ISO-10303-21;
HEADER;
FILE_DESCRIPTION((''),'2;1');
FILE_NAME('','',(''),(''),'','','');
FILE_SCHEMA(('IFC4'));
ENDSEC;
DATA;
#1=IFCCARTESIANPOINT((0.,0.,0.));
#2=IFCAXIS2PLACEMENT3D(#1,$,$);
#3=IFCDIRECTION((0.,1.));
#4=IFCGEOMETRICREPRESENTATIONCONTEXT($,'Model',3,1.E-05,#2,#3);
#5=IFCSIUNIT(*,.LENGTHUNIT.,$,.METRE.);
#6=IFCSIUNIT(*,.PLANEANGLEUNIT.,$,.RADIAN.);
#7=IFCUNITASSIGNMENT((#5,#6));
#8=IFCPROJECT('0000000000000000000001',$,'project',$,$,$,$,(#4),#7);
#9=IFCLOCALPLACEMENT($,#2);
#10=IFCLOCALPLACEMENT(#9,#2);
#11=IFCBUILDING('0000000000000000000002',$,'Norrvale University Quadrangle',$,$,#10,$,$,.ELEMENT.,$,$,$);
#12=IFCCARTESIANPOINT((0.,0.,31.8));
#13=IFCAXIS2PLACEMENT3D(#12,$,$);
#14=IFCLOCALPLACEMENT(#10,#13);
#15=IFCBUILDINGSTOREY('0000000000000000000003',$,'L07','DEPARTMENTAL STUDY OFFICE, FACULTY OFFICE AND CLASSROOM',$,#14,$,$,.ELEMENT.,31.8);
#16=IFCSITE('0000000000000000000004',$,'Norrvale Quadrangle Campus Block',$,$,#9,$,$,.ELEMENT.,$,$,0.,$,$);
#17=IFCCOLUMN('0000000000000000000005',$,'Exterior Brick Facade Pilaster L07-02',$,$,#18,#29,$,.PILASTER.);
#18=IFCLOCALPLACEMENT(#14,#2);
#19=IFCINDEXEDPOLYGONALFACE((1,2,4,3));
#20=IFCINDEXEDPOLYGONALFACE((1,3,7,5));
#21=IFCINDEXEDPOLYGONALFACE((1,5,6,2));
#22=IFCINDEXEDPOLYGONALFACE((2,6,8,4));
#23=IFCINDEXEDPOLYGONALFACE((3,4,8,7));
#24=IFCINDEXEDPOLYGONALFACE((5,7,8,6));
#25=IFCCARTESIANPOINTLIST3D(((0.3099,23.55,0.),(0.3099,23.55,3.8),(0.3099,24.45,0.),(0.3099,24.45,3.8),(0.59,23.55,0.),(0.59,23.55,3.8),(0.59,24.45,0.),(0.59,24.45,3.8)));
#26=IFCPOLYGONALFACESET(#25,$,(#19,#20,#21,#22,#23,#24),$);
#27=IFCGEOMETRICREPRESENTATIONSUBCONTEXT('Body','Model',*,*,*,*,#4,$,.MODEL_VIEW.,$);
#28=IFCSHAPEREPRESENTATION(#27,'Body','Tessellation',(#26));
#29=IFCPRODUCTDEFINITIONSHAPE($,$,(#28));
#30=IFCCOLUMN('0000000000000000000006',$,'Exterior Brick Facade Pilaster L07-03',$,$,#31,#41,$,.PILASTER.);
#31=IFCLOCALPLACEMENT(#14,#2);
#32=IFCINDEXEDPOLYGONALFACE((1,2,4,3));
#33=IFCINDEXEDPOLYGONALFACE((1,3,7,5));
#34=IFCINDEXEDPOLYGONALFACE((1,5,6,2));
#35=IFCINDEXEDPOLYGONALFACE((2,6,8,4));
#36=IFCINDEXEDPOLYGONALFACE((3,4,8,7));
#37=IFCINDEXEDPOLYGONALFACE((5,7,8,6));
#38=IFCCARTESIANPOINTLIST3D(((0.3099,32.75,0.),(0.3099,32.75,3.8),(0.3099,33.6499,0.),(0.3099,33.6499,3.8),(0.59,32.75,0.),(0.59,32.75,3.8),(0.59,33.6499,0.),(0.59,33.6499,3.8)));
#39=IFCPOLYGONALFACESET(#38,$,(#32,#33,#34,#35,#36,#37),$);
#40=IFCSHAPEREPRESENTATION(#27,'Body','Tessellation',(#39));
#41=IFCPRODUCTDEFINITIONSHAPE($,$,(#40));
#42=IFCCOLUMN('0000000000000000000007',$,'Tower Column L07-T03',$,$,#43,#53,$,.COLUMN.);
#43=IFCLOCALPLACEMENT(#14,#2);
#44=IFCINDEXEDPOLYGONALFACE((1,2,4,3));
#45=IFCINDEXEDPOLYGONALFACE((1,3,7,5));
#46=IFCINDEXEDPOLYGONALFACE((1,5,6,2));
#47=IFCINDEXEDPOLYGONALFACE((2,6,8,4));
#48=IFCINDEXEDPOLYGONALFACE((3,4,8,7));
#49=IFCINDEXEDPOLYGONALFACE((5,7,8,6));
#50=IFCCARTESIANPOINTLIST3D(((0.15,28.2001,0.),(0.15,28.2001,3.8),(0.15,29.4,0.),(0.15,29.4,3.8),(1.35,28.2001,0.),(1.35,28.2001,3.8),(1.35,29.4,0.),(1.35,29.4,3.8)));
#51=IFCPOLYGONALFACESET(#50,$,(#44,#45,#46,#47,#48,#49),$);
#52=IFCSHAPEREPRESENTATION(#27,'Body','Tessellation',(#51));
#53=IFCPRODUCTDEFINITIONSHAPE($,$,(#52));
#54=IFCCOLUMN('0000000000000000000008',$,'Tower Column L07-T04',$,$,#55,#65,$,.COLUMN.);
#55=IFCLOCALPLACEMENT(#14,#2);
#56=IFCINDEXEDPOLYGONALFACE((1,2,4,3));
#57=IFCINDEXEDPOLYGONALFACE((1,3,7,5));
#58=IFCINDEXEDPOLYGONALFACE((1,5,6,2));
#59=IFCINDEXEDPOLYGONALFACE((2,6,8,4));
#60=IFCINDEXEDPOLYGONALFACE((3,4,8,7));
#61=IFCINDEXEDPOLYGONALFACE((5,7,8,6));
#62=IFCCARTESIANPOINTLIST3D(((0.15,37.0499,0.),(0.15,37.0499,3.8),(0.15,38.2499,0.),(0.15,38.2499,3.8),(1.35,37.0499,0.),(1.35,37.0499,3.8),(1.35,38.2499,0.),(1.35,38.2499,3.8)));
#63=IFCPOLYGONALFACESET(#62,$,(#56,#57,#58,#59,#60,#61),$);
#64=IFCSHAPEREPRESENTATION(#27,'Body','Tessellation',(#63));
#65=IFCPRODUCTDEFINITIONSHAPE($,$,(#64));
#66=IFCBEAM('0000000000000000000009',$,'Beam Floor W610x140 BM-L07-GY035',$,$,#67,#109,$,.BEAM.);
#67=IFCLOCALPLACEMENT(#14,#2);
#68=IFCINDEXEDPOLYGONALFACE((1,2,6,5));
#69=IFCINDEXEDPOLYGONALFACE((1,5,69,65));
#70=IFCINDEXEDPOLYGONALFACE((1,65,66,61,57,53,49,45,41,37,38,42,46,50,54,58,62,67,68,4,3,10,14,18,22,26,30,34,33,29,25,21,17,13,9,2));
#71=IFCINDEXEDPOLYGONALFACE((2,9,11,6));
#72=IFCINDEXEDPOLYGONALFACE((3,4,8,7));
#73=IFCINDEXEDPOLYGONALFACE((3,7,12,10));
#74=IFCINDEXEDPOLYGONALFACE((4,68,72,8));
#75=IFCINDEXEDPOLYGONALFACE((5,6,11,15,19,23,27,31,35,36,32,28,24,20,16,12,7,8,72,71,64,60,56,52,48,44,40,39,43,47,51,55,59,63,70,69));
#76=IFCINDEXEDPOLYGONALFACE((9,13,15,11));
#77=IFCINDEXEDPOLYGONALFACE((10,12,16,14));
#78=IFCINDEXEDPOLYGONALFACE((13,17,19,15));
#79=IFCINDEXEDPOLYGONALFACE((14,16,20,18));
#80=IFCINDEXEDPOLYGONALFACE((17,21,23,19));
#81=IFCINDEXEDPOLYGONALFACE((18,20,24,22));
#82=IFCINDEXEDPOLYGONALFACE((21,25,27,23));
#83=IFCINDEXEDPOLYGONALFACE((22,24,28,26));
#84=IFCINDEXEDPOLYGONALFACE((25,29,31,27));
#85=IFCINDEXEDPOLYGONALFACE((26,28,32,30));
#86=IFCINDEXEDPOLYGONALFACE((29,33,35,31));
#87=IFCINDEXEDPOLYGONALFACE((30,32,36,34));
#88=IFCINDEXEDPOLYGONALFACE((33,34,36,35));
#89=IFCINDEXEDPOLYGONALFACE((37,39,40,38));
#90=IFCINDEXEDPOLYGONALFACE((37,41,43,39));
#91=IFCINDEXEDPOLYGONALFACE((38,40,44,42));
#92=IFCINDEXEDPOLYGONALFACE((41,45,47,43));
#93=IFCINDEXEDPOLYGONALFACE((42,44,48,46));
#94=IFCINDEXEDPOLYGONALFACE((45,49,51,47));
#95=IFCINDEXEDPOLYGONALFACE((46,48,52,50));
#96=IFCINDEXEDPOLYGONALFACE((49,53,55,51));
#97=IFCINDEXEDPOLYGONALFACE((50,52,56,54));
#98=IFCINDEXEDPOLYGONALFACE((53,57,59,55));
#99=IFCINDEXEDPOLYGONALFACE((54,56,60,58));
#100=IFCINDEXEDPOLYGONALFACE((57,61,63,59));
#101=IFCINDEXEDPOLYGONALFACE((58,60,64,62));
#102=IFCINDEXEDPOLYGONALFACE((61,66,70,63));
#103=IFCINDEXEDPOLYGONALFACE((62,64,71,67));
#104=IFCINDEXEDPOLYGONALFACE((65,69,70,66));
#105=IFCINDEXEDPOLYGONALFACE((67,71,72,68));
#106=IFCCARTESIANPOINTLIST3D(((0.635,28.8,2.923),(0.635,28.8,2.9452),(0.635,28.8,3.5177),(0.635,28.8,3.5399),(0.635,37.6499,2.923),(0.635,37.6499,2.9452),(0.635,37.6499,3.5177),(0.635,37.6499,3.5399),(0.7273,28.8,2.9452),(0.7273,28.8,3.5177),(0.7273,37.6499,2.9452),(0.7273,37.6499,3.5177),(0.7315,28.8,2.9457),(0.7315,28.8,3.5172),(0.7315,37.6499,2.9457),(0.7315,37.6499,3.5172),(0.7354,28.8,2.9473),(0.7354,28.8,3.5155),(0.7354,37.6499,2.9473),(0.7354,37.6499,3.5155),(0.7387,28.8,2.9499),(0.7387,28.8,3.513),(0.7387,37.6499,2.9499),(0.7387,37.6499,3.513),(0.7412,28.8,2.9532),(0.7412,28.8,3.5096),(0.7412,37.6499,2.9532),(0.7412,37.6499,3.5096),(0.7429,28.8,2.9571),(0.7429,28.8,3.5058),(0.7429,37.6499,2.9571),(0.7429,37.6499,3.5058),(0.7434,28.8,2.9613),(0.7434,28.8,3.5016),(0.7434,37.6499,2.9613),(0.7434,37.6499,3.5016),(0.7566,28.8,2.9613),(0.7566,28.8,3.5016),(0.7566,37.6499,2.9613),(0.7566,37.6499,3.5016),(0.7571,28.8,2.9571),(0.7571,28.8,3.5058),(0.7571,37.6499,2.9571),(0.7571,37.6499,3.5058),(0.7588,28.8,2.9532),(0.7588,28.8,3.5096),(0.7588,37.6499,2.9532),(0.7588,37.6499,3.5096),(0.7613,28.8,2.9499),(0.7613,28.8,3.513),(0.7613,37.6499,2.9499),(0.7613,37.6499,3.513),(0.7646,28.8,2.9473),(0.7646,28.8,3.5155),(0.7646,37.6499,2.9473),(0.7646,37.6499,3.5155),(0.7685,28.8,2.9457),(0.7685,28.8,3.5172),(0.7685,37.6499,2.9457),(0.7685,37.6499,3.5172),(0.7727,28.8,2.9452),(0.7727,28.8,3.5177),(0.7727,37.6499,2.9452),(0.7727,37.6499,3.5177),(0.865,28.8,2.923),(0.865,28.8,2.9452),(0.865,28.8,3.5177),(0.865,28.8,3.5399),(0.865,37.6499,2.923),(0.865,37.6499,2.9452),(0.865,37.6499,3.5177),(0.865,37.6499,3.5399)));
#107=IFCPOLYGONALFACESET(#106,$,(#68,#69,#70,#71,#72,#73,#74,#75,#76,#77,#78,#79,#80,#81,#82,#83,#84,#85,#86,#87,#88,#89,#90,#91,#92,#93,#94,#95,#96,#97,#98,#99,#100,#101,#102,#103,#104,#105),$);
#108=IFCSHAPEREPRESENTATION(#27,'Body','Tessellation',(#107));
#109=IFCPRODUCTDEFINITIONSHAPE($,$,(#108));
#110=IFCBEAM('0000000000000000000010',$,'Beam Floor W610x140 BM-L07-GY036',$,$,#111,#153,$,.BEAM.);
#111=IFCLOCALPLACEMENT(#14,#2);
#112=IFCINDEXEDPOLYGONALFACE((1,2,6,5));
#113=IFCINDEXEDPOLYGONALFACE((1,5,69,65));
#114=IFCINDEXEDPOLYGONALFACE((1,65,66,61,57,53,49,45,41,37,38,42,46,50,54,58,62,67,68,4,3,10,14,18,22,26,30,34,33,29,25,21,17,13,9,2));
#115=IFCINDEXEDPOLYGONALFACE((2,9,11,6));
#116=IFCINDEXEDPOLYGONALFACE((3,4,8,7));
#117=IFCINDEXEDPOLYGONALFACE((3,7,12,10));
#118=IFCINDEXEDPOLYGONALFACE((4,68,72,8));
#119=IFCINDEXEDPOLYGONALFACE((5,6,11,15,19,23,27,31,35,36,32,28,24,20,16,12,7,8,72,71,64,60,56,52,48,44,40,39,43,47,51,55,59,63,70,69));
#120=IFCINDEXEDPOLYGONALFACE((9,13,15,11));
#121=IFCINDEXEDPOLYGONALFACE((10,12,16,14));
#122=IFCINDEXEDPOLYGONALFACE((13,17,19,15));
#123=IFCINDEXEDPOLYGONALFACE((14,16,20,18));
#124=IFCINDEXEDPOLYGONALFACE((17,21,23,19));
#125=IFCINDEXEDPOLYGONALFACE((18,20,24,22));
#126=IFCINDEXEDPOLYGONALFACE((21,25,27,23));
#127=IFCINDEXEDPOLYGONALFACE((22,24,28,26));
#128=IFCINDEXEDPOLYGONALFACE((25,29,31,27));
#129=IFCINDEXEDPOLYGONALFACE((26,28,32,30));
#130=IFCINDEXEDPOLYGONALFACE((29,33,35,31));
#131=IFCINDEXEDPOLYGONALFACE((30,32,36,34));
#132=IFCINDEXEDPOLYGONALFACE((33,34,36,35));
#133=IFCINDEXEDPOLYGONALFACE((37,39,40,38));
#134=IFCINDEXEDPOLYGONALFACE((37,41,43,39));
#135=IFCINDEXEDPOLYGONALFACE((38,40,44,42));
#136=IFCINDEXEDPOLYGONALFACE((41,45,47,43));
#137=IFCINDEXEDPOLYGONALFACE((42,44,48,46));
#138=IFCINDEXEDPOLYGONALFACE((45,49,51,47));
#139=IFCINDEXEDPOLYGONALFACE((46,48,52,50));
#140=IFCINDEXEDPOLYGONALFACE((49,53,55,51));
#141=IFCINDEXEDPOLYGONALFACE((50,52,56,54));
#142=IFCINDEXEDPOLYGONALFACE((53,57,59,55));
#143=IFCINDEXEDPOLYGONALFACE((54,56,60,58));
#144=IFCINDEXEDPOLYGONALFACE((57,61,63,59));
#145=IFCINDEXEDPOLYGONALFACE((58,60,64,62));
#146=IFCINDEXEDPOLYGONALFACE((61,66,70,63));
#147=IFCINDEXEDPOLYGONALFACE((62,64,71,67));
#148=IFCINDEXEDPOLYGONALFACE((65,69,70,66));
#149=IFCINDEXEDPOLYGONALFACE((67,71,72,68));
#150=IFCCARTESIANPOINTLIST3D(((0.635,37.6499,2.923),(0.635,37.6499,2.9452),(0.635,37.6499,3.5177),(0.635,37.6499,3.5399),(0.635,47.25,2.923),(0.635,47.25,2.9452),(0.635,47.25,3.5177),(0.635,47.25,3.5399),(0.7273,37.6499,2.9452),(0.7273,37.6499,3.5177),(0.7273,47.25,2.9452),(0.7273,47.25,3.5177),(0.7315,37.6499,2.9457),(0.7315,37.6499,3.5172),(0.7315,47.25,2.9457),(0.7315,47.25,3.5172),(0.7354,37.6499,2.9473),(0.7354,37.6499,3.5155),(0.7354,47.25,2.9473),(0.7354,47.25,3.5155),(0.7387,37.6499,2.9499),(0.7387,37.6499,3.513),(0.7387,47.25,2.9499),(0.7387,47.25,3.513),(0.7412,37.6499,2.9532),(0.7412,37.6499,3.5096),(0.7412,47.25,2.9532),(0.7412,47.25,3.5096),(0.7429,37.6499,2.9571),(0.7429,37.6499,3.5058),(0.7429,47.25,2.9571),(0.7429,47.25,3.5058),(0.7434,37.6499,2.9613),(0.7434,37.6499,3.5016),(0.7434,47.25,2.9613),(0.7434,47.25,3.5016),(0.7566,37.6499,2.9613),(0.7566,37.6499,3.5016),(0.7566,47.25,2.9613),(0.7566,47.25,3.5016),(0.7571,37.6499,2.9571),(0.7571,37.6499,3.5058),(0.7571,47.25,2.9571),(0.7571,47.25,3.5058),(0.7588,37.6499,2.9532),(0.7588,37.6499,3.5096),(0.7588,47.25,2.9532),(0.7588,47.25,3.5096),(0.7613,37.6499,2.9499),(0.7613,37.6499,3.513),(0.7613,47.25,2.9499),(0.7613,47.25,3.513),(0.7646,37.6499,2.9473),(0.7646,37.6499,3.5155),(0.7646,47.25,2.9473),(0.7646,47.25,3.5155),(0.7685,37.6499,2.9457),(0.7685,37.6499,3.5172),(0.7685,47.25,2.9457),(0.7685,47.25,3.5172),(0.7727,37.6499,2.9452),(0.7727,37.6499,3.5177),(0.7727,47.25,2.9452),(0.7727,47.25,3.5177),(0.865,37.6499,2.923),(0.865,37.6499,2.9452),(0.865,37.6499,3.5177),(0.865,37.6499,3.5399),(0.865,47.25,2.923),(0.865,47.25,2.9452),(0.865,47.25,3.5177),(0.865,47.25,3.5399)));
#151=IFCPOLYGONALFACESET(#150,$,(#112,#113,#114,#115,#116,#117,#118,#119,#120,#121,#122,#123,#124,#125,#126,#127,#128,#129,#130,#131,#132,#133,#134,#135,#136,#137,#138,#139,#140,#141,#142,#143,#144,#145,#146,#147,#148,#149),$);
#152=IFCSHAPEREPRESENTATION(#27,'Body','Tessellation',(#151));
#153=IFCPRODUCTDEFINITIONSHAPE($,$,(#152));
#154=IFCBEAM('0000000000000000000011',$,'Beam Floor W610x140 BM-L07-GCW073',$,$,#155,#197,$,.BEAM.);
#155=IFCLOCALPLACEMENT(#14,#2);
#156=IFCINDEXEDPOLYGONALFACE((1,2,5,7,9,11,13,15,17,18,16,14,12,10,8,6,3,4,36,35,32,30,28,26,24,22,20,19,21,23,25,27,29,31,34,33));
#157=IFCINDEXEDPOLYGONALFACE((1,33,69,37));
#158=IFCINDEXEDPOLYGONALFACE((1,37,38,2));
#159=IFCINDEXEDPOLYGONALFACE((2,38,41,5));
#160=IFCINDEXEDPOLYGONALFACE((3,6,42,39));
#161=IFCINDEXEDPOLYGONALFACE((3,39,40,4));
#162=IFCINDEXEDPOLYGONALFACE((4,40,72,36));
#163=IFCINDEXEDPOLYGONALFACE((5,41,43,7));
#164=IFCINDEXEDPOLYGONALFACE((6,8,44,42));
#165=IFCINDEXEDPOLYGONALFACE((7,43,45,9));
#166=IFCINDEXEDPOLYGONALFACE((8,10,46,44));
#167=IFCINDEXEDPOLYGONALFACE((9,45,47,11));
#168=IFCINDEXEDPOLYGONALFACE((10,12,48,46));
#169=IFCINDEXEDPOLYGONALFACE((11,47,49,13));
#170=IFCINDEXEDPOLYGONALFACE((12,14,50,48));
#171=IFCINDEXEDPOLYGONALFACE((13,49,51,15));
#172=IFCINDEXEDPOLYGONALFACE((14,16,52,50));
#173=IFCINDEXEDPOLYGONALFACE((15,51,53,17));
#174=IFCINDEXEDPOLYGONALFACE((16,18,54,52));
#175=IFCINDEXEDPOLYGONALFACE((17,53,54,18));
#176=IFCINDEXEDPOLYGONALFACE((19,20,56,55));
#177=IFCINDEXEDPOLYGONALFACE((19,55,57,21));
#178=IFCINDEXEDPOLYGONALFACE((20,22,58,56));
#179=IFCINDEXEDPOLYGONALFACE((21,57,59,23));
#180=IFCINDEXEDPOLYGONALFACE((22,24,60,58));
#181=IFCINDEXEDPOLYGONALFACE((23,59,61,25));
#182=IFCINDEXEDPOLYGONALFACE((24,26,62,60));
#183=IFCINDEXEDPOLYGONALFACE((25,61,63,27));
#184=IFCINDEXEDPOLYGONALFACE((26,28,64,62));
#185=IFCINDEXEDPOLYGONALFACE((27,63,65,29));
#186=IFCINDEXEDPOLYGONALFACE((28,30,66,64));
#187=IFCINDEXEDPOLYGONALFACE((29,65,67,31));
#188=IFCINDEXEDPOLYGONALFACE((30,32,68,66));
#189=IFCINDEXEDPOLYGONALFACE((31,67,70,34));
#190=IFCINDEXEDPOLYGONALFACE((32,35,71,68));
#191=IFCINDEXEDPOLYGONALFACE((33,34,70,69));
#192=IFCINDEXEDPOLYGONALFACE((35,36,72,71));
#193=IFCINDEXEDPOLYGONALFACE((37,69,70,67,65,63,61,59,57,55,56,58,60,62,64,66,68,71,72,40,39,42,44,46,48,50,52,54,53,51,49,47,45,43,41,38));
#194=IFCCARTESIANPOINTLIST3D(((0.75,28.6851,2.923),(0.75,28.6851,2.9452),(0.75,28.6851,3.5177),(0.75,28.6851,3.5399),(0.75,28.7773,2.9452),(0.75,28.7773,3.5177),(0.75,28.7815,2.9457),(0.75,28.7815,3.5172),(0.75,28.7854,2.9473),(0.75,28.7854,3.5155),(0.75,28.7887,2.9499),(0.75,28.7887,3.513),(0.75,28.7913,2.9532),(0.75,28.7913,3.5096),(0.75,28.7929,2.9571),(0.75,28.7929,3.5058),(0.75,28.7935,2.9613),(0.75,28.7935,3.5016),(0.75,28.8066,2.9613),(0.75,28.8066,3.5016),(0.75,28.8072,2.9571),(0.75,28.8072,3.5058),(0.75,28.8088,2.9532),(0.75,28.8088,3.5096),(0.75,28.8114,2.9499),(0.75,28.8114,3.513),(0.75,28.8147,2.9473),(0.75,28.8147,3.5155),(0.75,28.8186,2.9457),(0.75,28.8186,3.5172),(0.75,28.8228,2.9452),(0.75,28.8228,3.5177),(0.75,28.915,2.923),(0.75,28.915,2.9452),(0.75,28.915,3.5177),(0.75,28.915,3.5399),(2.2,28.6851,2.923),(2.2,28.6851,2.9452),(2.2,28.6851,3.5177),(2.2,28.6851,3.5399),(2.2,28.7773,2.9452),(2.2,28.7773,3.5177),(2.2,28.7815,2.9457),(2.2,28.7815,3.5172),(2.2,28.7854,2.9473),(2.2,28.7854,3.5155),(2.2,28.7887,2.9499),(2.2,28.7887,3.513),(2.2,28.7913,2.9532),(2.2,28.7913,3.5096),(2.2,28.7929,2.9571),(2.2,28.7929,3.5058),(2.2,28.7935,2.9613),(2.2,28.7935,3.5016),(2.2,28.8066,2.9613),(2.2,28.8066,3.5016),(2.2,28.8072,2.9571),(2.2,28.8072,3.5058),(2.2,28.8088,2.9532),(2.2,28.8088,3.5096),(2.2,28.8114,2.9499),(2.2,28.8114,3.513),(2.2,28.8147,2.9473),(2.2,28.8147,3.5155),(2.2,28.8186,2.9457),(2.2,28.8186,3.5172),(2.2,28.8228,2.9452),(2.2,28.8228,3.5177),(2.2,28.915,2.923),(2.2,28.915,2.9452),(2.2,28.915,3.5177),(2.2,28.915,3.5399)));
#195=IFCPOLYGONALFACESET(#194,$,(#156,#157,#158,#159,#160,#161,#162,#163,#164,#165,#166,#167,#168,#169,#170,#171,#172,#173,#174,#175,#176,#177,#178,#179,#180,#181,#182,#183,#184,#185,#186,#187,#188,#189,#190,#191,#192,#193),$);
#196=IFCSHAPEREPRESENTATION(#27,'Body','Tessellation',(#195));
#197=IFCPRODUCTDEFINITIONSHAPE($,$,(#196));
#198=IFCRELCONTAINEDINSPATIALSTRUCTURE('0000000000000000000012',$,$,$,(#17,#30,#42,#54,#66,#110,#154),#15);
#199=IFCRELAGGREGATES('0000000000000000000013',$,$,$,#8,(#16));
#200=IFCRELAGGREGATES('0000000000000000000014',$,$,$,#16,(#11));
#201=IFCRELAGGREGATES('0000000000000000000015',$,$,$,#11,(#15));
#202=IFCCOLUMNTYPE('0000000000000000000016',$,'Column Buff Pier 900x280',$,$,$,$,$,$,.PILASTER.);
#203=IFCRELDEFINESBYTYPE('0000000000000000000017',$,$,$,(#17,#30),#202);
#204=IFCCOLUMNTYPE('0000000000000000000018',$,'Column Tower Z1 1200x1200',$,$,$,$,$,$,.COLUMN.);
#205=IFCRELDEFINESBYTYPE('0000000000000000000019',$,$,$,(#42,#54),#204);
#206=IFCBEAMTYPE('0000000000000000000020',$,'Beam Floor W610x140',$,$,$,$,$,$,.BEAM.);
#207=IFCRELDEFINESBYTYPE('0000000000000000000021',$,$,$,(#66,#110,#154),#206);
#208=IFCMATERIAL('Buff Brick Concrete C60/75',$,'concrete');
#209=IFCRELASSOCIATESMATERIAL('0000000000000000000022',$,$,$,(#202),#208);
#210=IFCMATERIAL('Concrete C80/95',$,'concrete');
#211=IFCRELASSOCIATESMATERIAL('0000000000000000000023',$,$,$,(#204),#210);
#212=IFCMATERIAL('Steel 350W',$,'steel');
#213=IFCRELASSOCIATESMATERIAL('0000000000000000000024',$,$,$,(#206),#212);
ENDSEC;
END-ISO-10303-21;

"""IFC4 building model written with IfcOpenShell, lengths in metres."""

from ifc_helpers import new_model, si_unit, direction, frame, origin, origin_2d, place, context, subcontext, project, spatial, rectangle, i_section, extrude, material, material_profile, profile_set, type_object, element, save


model = new_model("IFC4")

# Units and contexts
model_context = context("Model", 3, precision=1e-05, world=origin(), true_north=direction((0.0, 1.0)))
body_context = subcontext(model_context, "Body", "Model", "MODEL_VIEW")
ifc_project = project(units=[si_unit("LENGTHUNIT", "METRE"), si_unit("PLANEANGLEUNIT", "RADIAN")], contexts=[model_context])

# Site, building, storey
site_placement = place(None, origin())
site = spatial("IfcSite", under=ifc_project, at=site_placement, Name="Norrvale Quadrangle Campus Block", CompositionType="ELEMENT", RefElevation=0.0)
building_placement = place(site_placement, origin())
building = spatial("IfcBuilding", under=site, at=building_placement, Name="Norrvale University Quadrangle", CompositionType="ELEMENT")
storey_placement = place(building_placement, frame((0.0, 0.0, 31.8)))
storey = spatial("IfcBuildingStorey", under=building, at=storey_placement, Name="L07", Description="DEPARTMENTAL STUDY OFFICE, FACULTY OFFICE AND CLASSROOM", CompositionType="ELEMENT", Elevation=31.8)

# Columns
ifc_material_1 = material(Name="Buff Brick Concrete C60/75", Category="concrete")
ifc_material_profile_1 = material_profile(ifc_material_1, rectangle(XDim=0.8999, YDim=0.28, at=origin_2d()), Name="Buff Brick Concrete C60/75")
ifc_profile_set_1 = profile_set([ifc_material_profile_1], Name="Buff Brick Concrete C60/75")
column_type_1 = type_object("IfcColumnType", Name="Column Buff Pier 900x280", PredefinedType="PILASTER", material=ifc_profile_set_1)
for number, where, z_axis, x_axis, name in (
    (1, (0.45, 24.0, 0.0), (0.0, 0.0, 1.0), (0.0, 1.0, 0.0), "Exterior Brick Facade Pilaster L07-02"),
    (2, (0.45, 33.2, 0.0), (0.0, 0.0, 1.0), (0.0, 1.0, 0.0), "Exterior Brick Facade Pilaster L07-03"),
):
    element("IfcColumn", number, at=place(storey_placement, frame(where, z_axis=z_axis, x_axis=x_axis)), inside=storey, type_object=column_type_1, Name=name, PredefinedType="PILASTER", context=body_context, shape_type="SweptSolid", body=[
        extrude(rectangle(XDim=0.8999, YDim=0.28, at=origin_2d()), origin(), (0.0, 0.0, 1.0), 3.8),
    ])
ifc_material_2 = material(Name="Concrete C80/95", Category="concrete")
ifc_material_profile_2 = material_profile(ifc_material_2, rectangle(XDim=1.2, YDim=1.2, at=origin_2d()), Name="Concrete C80/95")
ifc_profile_set_2 = profile_set([ifc_material_profile_2], Name="Concrete C80/95")
column_type_2 = type_object("IfcColumnType", Name="Column Tower Z1 1200x1200", PredefinedType="COLUMN", material=ifc_profile_set_2)
for number, where, z_axis, x_axis, name in (
    (3, (0.75, 28.8, 0.0), (0.0, 0.0, 1.0), (1.0, 0.0, 0.0), "Tower Column L07-T03"),
    (4, (0.75, 37.6499, 0.0), (0.0, 0.0, 1.0), (1.0, 0.0, 0.0), "Tower Column L07-T04"),
):
    element("IfcColumn", number, at=place(storey_placement, frame(where, z_axis=z_axis, x_axis=x_axis)), inside=storey, type_object=column_type_2, Name=name, PredefinedType="COLUMN", context=body_context, shape_type="SweptSolid", body=[
        extrude(rectangle(XDim=1.2, YDim=1.2, at=origin_2d()), origin(), (0.0, 0.0, 1.0), 3.8),
    ])

# Beams
ifc_material_3 = material(Name="Steel 350W", Category="steel")
ifc_material_profile_3 = material_profile(ifc_material_3, i_section(OverallWidth=0.23, OverallDepth=0.6169, WebThickness=0.0132, FlangeThickness=0.0222, FilletRadius=0.0161, at=origin_2d()), Name="Steel 350W")
ifc_profile_set_3 = profile_set([ifc_material_profile_3], Name="Steel 350W")
beam_type = type_object("IfcBeamType", Name="Beam Floor W610x140", PredefinedType="BEAM", material=ifc_profile_set_3)
beam_1_placement = place(storey_placement, frame((0.75, 28.8, 3.2314), z_axis=(0.0, 1.0, 0.0), x_axis=(-1.0, 0.0, 0.0)))
element("IfcBeam", 5, at=beam_1_placement, inside=storey, type_object=beam_type, Name="Beam Floor W610x140 BM-L07-GY035", PredefinedType="BEAM", context=body_context, shape_type="SweptSolid", body=[
    extrude(i_section(OverallWidth=0.23, OverallDepth=0.6169, WebThickness=0.0132, FlangeThickness=0.0222, FilletRadius=0.0161, at=origin_2d()), origin(), (0.0, 0.0, 1.0), 8.8499),
])
beam_2_placement = place(storey_placement, frame((0.75, 37.6499, 3.2314), z_axis=(0.0, 1.0, 0.0), x_axis=(-1.0, 0.0, 0.0)))
element("IfcBeam", 6, at=beam_2_placement, inside=storey, type_object=beam_type, Name="Beam Floor W610x140 BM-L07-GY036", PredefinedType="BEAM", context=body_context, shape_type="SweptSolid", body=[
    extrude(i_section(OverallWidth=0.23, OverallDepth=0.6169, WebThickness=0.0132, FlangeThickness=0.0222, FilletRadius=0.0161, at=origin_2d()), origin(), (0.0, 0.0, 1.0), 9.6001),
])
for number, where, z_axis, x_axis, name in (
    (7, (0.75, 28.8, 3.2314), (1.0, 0.0, 0.0), (0.0, 1.0, 0.0), "Beam Floor W610x140 BM-L07-GCW073"),
):
    element("IfcBeam", number, at=place(storey_placement, frame(where, z_axis=z_axis, x_axis=x_axis)), inside=storey, type_object=beam_type, Name=name, PredefinedType="BEAM", context=body_context, shape_type="SweptSolid", body=[
        extrude(i_section(OverallWidth=0.23, OverallDepth=0.6169, WebThickness=0.0132, FlangeThickness=0.0222, FilletRadius=0.0161, at=origin_2d()), origin(), (0.0, 0.0, 1.0), 1.45),
    ])

save(model, "model.ifc")
